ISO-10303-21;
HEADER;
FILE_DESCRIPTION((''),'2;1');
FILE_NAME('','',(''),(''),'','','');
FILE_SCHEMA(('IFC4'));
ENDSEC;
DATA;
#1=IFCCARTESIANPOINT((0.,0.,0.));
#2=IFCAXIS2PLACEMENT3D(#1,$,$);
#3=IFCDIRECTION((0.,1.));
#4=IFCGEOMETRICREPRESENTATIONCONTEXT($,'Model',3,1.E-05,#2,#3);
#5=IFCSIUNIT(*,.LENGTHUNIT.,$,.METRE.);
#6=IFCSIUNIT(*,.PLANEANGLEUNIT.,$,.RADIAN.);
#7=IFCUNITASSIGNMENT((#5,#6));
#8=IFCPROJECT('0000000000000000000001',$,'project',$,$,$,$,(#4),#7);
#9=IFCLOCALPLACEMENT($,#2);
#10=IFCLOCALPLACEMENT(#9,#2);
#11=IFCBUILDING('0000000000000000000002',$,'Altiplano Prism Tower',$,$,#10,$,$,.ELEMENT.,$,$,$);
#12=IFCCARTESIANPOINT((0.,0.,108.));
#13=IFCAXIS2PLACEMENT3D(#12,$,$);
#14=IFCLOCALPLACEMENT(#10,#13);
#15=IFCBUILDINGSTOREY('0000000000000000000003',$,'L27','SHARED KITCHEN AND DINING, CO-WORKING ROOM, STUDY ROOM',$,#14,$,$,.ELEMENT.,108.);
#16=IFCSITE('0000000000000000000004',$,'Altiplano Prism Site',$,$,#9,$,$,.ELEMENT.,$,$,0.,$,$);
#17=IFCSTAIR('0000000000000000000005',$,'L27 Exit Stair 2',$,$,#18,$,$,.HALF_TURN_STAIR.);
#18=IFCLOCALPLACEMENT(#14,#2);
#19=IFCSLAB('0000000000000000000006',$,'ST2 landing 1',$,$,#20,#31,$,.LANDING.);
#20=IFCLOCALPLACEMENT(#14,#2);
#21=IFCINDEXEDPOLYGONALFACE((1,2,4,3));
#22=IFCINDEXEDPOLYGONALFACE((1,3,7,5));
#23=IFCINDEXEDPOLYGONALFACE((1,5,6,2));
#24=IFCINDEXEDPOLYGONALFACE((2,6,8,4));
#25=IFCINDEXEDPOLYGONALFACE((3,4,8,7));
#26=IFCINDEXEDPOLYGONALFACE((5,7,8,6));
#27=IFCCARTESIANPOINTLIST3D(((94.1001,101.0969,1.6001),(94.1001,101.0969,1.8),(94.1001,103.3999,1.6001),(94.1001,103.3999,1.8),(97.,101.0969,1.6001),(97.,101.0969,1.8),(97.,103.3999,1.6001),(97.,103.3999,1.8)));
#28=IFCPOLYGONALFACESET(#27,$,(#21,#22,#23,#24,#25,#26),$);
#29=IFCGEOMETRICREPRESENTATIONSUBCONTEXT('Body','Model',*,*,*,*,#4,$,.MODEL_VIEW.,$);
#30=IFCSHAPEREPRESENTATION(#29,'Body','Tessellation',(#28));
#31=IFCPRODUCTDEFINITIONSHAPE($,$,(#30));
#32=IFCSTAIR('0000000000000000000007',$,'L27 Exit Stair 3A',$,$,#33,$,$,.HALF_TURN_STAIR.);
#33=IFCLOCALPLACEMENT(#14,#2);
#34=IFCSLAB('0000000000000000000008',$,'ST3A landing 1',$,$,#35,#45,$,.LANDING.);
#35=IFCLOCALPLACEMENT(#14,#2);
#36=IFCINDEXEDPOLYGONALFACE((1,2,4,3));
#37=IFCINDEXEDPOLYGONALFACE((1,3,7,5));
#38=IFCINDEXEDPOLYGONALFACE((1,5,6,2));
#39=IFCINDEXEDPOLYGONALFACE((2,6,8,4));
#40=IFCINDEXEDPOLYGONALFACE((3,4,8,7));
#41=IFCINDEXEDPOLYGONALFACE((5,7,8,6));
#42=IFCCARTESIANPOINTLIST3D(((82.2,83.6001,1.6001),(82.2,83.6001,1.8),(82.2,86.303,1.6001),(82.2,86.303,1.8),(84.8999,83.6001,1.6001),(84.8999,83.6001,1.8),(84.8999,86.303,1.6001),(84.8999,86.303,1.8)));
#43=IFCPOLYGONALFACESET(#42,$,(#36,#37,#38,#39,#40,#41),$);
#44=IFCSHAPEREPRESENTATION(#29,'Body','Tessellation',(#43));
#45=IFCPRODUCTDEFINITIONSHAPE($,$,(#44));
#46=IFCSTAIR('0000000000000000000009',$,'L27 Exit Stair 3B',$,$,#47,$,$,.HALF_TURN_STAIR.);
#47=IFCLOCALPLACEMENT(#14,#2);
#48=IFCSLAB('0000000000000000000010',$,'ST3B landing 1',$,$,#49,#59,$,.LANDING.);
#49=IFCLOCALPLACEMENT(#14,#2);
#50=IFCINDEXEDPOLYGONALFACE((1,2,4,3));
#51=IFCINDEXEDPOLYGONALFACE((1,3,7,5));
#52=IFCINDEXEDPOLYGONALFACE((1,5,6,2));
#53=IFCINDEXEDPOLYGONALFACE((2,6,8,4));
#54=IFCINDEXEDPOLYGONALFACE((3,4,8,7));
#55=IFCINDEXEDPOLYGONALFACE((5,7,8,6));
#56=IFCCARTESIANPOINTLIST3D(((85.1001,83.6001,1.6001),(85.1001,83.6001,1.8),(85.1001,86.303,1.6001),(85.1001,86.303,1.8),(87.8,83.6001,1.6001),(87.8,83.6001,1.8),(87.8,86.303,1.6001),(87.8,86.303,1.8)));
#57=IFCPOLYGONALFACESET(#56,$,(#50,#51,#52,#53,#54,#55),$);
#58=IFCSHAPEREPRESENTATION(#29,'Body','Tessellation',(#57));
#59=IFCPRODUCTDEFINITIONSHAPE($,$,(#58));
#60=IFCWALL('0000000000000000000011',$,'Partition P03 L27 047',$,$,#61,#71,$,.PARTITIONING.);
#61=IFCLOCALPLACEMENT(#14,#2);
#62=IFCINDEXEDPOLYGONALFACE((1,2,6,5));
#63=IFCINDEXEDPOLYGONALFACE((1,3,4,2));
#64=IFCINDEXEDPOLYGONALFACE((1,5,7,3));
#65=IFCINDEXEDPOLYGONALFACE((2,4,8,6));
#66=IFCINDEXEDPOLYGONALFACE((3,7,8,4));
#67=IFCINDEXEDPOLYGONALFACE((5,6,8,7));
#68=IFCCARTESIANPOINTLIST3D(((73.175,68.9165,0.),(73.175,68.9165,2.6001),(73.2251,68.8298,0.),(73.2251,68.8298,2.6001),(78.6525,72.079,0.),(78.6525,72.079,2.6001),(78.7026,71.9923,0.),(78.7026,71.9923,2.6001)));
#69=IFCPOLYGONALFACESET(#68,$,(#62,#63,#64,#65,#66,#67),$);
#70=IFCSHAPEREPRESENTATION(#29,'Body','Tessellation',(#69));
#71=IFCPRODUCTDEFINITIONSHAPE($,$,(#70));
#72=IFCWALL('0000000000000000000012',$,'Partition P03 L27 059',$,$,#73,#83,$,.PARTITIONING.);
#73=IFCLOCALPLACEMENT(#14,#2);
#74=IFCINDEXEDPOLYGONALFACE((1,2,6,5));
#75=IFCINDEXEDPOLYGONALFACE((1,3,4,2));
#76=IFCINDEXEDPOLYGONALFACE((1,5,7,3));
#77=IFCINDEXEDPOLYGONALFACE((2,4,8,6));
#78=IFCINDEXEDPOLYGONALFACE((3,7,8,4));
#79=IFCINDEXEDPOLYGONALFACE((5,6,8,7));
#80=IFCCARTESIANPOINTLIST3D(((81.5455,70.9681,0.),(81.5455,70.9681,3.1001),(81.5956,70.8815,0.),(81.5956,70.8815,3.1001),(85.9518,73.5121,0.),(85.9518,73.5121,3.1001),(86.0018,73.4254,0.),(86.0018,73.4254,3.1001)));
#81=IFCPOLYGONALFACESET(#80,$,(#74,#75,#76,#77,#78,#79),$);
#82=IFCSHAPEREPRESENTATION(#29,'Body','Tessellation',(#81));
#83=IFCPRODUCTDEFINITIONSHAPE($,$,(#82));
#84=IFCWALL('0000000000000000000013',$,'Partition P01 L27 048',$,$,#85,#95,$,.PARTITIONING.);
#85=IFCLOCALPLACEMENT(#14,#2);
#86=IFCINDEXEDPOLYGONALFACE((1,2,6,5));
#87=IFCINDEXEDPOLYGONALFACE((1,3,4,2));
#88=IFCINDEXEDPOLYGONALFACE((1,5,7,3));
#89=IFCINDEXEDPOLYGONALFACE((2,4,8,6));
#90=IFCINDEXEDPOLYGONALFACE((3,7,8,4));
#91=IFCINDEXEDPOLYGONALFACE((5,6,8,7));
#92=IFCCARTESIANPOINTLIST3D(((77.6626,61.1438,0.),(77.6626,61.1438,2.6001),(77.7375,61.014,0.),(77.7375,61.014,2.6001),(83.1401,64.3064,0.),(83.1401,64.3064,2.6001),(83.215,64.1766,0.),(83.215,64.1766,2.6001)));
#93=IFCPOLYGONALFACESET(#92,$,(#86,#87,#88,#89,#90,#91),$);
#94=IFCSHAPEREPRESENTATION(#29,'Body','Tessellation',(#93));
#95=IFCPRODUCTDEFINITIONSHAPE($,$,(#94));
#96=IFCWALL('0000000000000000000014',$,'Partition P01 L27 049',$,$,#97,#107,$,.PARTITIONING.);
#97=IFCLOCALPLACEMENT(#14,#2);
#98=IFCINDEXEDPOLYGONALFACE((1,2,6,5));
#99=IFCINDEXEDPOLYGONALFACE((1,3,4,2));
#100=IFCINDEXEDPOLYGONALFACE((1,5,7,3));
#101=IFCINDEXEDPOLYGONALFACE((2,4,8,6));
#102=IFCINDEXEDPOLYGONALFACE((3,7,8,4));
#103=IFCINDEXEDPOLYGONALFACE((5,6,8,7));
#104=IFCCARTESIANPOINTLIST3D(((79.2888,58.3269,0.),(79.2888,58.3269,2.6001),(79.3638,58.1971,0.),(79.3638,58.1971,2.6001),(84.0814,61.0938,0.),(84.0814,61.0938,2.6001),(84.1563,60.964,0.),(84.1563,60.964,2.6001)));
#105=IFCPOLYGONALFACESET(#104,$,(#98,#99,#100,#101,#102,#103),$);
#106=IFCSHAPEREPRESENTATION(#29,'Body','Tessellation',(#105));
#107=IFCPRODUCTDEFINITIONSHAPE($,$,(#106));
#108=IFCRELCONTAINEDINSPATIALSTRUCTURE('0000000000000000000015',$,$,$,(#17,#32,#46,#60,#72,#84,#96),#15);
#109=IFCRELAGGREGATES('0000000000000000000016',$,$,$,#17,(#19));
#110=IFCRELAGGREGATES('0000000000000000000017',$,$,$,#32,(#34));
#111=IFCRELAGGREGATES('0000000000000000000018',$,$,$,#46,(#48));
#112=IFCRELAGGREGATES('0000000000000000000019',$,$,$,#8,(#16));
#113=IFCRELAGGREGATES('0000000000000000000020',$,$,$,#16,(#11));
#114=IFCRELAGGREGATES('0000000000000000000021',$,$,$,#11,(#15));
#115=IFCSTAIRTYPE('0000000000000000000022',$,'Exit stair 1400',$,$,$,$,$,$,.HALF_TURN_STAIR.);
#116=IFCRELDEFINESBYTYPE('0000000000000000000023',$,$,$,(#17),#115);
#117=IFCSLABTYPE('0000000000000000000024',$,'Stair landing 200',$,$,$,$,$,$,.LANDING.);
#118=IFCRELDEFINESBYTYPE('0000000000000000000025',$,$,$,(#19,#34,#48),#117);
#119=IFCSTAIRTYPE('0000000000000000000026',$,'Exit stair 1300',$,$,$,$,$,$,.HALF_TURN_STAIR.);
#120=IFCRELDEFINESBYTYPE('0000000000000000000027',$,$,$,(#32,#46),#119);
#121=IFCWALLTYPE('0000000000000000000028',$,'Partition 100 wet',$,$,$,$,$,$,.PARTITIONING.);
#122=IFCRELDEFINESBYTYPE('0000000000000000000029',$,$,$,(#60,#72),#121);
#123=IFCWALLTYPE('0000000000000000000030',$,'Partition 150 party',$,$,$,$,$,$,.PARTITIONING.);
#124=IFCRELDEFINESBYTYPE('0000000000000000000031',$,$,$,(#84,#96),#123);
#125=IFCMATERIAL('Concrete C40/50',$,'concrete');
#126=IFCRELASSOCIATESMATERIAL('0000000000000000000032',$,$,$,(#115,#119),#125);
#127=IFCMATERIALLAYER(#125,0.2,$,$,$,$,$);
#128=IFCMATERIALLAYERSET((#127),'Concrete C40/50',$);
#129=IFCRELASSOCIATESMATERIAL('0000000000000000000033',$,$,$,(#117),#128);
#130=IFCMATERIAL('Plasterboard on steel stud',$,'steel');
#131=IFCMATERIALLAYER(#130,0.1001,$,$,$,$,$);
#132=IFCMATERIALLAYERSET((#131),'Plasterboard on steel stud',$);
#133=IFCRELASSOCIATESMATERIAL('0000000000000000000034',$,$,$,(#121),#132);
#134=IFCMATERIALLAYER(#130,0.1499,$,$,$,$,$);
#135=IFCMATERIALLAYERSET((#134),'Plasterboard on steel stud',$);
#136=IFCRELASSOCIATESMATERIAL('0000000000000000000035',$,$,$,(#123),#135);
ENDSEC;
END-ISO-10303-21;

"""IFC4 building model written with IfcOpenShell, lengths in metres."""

from ifc_helpers import new_model, si_unit, direction, frame, frame_2d, origin, place, context, subcontext, project, spatial, polyline, rectangle, outline, extrude, material, layer, layer_set, type_object, element, aggregate, save


model = new_model("IFC4")

# Units and contexts
model_context = context("Model", 3, precision=1e-05, world=origin(), true_north=direction((0.0, 1.0)))
body_context = subcontext(model_context, "Body", "Model", "MODEL_VIEW")
ifc_project = project(units=[si_unit("LENGTHUNIT", "METRE"), si_unit("PLANEANGLEUNIT", "RADIAN")], contexts=[model_context])

# Site, building, storey
site_placement = place(None, origin())
site = spatial("IfcSite", under=ifc_project, at=site_placement, Name="Altiplano Prism Site", CompositionType="ELEMENT", RefElevation=0.0)
building_placement = place(site_placement, origin())
building = spatial("IfcBuilding", under=site, at=building_placement, Name="Altiplano Prism Tower", CompositionType="ELEMENT")
storey_placement = place(building_placement, frame((0.0, 0.0, 108.0)))
storey = spatial("IfcBuildingStorey", under=building, at=storey_placement, Name="L27", Description="SHARED KITCHEN AND DINING, CO-WORKING ROOM, STUDY ROOM", CompositionType="ELEMENT", Elevation=108.0)

# Shared definitions
ifc_material_1 = material(Name="Concrete C40/50", Category="concrete")

# Stairs, slabs
stair_type_1 = type_object("IfcStairType", Name="Exit stair 1400", PredefinedType="HALF_TURN_STAIR", material=ifc_material_1)
ifc_layer_1 = layer(ifc_material_1, 0.2)
ifc_layer_set_1 = layer_set([ifc_layer_1], Name="Concrete C40/50")
slab_type_1 = type_object("IfcSlabType", Name="Stair landing 200", PredefinedType="LANDING", material=ifc_layer_set_1)
stair_1_placement = place(storey_placement, origin())
stair_1 = element("IfcStair", 1, at=stair_1_placement, inside=storey, type_object=stair_type_1, Name="L27 Exit Stair 2", PredefinedType="HALF_TURN_STAIR")
slab_1_placement = place(storey_placement, frame((0.0, 0.0, 1.6001)))
slab_1 = element("IfcSlab", 2, at=slab_1_placement, type_object=slab_type_1, Name="ST2 landing 1", PredefinedType="LANDING", context=body_context, shape_type="SweptSolid", body=[
    extrude(outline(polyline([(97.0, 101.0969), (97.0, 103.3999), (94.1001, 103.3999), (94.1001, 101.0969), (97.0, 101.0969)])), origin(), (0.0, 0.0, 1.0), 0.2),
])
aggregate(stair_1, [slab_1])
stair_type_2 = type_object("IfcStairType", Name="Exit stair 1300", PredefinedType="HALF_TURN_STAIR", material=ifc_material_1)
stair_2_placement = place(storey_placement, origin())
stair_2 = element("IfcStair", 3, at=stair_2_placement, inside=storey, type_object=stair_type_2, Name="L27 Exit Stair 3A", PredefinedType="HALF_TURN_STAIR")
slab_2_placement = place(storey_placement, frame((0.0, 0.0, 1.6001)))
slab_2 = element("IfcSlab", 4, at=slab_2_placement, type_object=slab_type_1, Name="ST3A landing 1", PredefinedType="LANDING", context=body_context, shape_type="SweptSolid", body=[
    extrude(outline(polyline([(82.2, 86.303), (82.2, 83.6001), (84.8999, 83.6001), (84.8999, 86.303), (82.2, 86.303)])), origin(), (0.0, 0.0, 1.0), 0.2),
])
aggregate(stair_2, [slab_2])
stair_3_placement = place(storey_placement, origin())
stair_3 = element("IfcStair", 5, at=stair_3_placement, inside=storey, type_object=stair_type_2, Name="L27 Exit Stair 3B", PredefinedType="HALF_TURN_STAIR")
slab_3_placement = place(storey_placement, frame((0.0, 0.0, 1.6001)))
slab_3 = element("IfcSlab", 6, at=slab_3_placement, type_object=slab_type_1, Name="ST3B landing 1", PredefinedType="LANDING", context=body_context, shape_type="SweptSolid", body=[
    extrude(outline(polyline([(85.1001, 86.303), (85.1001, 83.6001), (87.8, 83.6001), (87.8, 86.303), (85.1001, 86.303)])), origin(), (0.0, 0.0, 1.0), 0.2),
])
aggregate(stair_3, [slab_3])

# Walls
ifc_material_2 = material(Name="Plasterboard on steel stud", Category="steel")
ifc_layer_2 = layer(ifc_material_2, 0.1001)
ifc_layer_set_2 = layer_set([ifc_layer_2], Name="Plasterboard on steel stud")
wall_type_1 = type_object("IfcWallType", Name="Partition 100 wet", PredefinedType="PARTITIONING", material=ifc_layer_set_2)
wall_1_placement = place(storey_placement, frame((73.2, 68.873, 0.0), z_axis=(0.0, 0.0, 1.0), x_axis=(0.866016, 0.500016, 0.0)))
element("IfcWall", 7, at=wall_1_placement, inside=storey, type_object=wall_type_1, Name="Partition P03 L27 047", PredefinedType="PARTITIONING", context=body_context, shape_type="SweptSolid", body=[
    extrude(rectangle(XDim=6.325, YDim=0.1001, at=frame_2d((3.1626, 0.0))), origin(), (0.0, 0.0, 1.0), 2.6001),
])
wall_2_placement = place(storey_placement, frame((81.5706, 70.9248, 0.0), z_axis=(0.0, 0.0, 1.0), x_axis=(0.866026, 0.499999, 0.0)))
element("IfcWall", 8, at=wall_2_placement, inside=storey, type_object=wall_type_1, Name="Partition P03 L27 059", PredefinedType="PARTITIONING", context=body_context, shape_type="SweptSolid", body=[
    extrude(rectangle(XDim=5.0879, YDim=0.1001, at=frame_2d((2.5439, 0.0))), origin(), (0.0, 0.0, 1.0), 3.1001),
])
ifc_layer_3 = layer(ifc_material_2, 0.1499)
ifc_layer_set_3 = layer_set([ifc_layer_3], Name="Plasterboard on steel stud")
wall_type_2 = type_object("IfcWallType", Name="Partition 150 party", PredefinedType="PARTITIONING", material=ifc_layer_set_3)
wall_3_placement = place(storey_placement, frame((77.7, 61.0789, 0.0), z_axis=(0.0, 0.0, 1.0), x_axis=(0.866016, 0.500016, 0.0)))
element("IfcWall", 9, at=wall_3_placement, inside=storey, type_object=wall_type_2, Name="Partition P01 L27 048", PredefinedType="PARTITIONING", context=body_context, shape_type="SweptSolid", body=[
    extrude(rectangle(XDim=6.325, YDim=0.1499, at=frame_2d((3.1626, 0.0))), origin(), (0.0, 0.0, 1.0), 2.6001),
])
wall_4_placement = place(storey_placement, frame((79.3262, 58.262, 0.0), z_axis=(0.0, 0.0, 1.0), x_axis=(0.866033, 0.499987, 0.0)))
element("IfcWall", 10, at=wall_4_placement, inside=storey, type_object=wall_type_2, Name="Partition P01 L27 049", PredefinedType="PARTITIONING", context=body_context, shape_type="SweptSolid", body=[
    extrude(rectangle(XDim=5.5339, YDim=0.1499, at=frame_2d((2.7671, 0.0))), origin(), (0.0, 0.0, 1.0), 2.6001),
])

save(model, "model.ifc")
